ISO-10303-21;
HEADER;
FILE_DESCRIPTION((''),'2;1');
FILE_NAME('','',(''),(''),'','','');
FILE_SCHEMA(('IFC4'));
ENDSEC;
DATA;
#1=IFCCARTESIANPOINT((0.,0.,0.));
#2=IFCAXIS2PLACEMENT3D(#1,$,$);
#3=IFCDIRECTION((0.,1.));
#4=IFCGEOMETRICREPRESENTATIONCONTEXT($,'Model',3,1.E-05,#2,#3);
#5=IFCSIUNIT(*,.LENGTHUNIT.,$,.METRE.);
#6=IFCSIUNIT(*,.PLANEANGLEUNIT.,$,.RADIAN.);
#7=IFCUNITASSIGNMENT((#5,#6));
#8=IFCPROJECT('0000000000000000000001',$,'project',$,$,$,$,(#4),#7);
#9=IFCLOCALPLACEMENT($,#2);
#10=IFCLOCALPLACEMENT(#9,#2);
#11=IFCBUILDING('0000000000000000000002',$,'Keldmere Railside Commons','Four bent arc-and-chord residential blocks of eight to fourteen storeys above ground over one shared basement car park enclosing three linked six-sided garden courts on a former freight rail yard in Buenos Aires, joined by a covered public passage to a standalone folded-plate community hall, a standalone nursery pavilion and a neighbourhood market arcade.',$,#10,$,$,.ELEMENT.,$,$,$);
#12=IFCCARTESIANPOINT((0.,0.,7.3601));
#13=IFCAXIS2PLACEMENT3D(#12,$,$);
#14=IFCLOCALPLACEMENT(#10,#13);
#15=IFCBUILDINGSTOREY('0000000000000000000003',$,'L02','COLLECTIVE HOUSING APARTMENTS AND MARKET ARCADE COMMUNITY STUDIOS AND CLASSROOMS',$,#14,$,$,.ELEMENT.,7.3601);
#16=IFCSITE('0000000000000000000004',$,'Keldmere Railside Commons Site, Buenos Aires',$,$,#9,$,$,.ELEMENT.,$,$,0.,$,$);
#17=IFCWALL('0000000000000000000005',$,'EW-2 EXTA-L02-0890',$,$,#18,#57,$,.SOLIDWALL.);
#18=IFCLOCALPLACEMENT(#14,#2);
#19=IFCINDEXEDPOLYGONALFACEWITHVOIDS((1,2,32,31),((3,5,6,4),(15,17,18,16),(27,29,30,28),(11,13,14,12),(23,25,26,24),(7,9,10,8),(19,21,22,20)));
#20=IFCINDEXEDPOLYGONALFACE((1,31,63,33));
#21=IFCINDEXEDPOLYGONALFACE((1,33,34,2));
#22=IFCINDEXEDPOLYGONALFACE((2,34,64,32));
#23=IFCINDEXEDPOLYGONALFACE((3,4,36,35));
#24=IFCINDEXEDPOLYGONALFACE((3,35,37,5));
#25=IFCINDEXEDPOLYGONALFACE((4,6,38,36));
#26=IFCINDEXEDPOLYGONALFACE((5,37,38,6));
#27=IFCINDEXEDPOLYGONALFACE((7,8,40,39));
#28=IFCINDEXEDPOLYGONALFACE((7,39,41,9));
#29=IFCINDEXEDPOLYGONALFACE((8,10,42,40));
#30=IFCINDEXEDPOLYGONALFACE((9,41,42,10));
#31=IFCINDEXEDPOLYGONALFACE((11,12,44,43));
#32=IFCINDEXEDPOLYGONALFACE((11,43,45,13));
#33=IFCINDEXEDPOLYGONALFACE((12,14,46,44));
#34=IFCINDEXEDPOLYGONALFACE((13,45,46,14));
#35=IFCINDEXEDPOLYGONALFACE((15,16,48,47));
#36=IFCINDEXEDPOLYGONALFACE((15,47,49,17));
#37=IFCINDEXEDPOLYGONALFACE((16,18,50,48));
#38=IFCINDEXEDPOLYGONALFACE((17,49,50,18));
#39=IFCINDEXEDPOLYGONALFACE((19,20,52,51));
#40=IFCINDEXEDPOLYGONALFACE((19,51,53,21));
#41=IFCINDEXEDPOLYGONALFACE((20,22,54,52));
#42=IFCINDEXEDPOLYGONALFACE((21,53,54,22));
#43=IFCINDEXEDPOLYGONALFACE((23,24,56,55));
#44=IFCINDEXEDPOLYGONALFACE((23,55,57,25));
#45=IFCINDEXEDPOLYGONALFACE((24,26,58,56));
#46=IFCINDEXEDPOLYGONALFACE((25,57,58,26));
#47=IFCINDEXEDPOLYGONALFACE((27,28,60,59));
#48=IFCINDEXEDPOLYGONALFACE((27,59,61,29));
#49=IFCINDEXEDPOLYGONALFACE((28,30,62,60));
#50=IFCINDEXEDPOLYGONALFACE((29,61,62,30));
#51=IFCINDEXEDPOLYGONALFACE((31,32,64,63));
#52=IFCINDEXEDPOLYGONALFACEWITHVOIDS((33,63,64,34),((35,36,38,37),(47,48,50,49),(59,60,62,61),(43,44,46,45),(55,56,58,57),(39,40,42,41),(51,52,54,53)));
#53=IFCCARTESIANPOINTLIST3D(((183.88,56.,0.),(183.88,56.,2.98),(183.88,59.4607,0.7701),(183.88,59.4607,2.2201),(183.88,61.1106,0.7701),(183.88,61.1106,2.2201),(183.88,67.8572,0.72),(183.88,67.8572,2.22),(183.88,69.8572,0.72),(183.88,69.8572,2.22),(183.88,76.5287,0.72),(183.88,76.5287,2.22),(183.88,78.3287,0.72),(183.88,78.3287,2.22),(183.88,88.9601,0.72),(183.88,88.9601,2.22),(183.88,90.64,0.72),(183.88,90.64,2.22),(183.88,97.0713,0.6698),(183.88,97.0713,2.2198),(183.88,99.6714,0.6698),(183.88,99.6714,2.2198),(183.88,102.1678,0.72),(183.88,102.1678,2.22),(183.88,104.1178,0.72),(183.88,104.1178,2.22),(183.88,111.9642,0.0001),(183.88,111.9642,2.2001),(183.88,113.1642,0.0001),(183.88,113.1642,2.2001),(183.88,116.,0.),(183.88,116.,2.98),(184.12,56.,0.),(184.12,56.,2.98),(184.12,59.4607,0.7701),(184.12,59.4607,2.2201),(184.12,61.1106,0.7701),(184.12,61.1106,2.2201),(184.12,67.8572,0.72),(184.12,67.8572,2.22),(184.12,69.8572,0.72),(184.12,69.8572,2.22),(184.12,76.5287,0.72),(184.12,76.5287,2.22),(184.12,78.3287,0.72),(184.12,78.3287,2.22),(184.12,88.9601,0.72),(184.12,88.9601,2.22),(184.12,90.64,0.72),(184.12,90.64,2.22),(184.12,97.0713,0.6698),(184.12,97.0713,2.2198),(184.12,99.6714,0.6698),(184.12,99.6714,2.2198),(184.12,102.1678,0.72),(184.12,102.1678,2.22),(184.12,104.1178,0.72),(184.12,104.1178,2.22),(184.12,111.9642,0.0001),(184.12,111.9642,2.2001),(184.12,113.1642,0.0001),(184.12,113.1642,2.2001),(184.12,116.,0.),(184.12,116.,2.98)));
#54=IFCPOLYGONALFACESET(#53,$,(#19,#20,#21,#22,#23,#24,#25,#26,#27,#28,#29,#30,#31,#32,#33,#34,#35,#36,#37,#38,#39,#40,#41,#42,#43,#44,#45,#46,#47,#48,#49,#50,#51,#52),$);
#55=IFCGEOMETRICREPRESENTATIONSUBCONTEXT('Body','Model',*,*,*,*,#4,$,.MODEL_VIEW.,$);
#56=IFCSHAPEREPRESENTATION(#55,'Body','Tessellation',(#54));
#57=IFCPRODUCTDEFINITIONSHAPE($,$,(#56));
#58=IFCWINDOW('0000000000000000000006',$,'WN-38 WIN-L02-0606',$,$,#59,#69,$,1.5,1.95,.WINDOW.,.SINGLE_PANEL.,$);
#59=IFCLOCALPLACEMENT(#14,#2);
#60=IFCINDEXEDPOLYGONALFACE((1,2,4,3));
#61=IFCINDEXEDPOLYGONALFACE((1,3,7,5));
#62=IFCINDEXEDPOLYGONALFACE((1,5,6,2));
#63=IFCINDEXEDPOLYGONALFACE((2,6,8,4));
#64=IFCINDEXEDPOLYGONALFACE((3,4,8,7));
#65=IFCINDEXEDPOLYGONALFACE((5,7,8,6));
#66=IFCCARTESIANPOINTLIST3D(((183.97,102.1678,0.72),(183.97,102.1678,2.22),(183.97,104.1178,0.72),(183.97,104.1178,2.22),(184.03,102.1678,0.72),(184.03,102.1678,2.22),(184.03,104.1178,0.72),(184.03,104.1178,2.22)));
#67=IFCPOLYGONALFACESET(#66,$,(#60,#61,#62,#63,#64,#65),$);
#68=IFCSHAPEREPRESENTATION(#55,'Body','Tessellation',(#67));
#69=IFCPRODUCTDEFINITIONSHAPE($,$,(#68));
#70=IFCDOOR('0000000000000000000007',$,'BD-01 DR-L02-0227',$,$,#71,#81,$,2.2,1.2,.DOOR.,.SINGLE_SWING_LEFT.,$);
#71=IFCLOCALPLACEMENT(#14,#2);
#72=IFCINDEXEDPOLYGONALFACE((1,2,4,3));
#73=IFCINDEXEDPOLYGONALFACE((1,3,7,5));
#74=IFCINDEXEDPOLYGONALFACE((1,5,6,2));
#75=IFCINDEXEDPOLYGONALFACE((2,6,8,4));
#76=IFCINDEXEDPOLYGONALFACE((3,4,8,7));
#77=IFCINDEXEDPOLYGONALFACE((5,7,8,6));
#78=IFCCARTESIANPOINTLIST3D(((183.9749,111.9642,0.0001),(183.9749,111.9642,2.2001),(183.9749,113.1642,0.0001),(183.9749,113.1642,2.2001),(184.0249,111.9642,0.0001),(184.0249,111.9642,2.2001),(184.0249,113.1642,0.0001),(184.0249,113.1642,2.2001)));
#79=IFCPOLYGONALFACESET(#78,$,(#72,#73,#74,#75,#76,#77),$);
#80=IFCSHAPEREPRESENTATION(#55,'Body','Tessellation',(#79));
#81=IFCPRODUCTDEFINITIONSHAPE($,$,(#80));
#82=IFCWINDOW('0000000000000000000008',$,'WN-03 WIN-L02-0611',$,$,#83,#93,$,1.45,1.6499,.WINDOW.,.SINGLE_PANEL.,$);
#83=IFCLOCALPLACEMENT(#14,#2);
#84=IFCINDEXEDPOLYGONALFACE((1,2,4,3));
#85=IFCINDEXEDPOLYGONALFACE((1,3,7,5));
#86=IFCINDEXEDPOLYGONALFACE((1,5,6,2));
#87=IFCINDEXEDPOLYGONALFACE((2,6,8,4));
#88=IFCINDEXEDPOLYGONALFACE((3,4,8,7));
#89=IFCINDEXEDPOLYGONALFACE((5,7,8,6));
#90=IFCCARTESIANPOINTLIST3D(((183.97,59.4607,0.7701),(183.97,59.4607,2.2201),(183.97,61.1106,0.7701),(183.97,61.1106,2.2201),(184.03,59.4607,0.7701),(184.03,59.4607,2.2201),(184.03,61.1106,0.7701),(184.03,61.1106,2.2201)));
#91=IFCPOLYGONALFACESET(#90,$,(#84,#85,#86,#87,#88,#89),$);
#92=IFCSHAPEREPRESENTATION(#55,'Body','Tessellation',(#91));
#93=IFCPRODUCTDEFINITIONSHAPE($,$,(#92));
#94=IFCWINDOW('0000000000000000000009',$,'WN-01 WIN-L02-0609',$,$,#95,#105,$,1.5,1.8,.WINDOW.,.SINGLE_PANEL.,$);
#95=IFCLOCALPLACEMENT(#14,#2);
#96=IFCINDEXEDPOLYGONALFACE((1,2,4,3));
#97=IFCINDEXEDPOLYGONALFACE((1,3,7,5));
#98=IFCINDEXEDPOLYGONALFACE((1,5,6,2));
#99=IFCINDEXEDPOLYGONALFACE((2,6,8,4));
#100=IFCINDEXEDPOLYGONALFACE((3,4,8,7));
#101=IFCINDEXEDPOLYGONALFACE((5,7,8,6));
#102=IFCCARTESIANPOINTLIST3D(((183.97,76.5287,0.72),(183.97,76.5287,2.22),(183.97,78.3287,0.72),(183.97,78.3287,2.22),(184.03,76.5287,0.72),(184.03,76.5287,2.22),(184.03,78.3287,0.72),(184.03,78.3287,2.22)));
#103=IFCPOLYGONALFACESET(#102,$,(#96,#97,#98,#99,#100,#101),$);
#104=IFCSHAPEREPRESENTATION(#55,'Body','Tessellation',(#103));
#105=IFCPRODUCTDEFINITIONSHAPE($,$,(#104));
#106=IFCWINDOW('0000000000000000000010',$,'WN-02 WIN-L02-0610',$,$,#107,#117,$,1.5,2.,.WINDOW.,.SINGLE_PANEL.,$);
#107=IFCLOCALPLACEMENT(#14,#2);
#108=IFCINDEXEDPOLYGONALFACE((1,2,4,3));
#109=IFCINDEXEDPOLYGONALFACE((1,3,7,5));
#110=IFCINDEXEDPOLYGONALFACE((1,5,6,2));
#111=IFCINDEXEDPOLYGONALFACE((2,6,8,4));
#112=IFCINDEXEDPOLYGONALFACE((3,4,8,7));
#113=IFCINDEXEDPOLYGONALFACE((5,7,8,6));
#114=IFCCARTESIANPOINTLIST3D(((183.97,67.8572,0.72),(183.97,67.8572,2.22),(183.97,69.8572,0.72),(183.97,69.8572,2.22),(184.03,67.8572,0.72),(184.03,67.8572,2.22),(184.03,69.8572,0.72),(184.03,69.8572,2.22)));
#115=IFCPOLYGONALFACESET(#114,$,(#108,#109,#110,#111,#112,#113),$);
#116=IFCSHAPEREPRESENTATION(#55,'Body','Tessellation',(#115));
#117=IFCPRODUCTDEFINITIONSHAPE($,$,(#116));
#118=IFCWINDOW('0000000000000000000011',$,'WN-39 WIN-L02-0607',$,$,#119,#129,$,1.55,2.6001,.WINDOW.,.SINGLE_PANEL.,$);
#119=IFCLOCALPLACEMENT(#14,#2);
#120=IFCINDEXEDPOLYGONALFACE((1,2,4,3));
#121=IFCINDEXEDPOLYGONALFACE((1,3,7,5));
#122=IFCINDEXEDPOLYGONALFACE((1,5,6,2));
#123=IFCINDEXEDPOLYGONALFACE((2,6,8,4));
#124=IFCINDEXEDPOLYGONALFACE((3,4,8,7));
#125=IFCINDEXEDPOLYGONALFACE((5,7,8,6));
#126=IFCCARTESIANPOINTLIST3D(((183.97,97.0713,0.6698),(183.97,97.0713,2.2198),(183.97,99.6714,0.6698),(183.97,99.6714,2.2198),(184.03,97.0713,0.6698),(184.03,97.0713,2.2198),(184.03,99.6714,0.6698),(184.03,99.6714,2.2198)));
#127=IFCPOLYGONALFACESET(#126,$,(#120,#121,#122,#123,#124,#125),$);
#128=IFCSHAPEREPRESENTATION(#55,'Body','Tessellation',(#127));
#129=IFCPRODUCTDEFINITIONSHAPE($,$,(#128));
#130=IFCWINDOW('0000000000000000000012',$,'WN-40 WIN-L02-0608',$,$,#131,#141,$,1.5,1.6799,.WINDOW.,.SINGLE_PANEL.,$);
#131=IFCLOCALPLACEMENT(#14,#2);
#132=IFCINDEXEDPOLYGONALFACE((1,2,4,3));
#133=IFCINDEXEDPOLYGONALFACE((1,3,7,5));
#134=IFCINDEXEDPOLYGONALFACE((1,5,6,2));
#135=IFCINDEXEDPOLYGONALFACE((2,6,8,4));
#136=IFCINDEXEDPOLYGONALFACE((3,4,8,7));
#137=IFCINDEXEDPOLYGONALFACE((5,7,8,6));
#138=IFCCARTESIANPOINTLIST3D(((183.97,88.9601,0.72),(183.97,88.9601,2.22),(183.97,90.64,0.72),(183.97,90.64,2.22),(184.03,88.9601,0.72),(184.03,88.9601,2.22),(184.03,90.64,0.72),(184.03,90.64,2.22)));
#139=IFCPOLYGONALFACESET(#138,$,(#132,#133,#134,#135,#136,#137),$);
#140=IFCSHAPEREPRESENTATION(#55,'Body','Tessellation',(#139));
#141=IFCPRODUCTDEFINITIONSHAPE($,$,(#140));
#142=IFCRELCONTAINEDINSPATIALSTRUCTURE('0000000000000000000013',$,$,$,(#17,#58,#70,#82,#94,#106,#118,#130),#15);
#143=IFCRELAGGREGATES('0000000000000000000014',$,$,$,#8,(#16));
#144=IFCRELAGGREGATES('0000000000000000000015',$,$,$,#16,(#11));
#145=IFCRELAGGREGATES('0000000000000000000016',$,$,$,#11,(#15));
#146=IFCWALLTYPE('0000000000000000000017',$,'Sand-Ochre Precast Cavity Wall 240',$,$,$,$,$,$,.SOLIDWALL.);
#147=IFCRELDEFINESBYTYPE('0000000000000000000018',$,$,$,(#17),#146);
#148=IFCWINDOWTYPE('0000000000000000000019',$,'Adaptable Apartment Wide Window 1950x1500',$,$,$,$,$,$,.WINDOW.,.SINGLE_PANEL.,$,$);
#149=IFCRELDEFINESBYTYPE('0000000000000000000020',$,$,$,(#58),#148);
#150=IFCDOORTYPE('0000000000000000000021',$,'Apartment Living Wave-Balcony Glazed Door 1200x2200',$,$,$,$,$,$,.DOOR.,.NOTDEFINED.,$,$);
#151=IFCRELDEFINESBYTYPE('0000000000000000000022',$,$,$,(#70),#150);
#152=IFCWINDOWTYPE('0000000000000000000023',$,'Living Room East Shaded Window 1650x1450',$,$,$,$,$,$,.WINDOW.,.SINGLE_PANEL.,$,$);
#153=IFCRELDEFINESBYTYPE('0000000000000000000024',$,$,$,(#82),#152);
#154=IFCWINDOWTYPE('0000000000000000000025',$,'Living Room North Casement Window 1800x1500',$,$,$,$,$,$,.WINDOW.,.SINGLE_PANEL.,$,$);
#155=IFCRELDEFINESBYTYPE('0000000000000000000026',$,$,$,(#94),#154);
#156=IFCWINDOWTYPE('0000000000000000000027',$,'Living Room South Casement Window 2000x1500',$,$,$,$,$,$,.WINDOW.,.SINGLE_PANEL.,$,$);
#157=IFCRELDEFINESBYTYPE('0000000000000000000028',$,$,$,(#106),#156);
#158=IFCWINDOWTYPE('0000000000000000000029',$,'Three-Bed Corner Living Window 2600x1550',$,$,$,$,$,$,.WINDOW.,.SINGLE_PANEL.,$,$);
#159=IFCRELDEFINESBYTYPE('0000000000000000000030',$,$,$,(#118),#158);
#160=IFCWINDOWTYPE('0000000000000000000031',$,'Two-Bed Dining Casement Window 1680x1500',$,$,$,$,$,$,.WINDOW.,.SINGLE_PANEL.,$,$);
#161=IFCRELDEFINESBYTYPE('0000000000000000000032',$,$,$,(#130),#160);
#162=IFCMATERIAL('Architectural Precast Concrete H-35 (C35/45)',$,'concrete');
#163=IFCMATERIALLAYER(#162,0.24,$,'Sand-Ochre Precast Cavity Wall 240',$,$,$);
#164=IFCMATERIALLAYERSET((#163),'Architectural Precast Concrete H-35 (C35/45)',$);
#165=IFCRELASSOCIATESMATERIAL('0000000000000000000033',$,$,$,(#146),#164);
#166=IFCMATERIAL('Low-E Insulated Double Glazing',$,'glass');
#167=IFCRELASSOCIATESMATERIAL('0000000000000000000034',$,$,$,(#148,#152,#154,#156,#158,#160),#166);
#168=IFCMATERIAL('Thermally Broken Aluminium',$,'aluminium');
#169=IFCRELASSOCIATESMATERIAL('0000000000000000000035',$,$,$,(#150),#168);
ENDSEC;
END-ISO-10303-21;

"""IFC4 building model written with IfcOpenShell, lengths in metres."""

from ifc_helpers import new_model, si_unit, direction, frame, frame_2d, origin, place, context, subcontext, project, spatial, rectangle, extrude, material, layer, layer_set, type_object, element, fill, save


model = new_model("IFC4")

# Units and contexts
model_context = context("Model", 3, precision=1e-05, world=origin(), true_north=direction((0.0, 1.0)))
body_context = subcontext(model_context, "Body", "Model", "MODEL_VIEW")
ifc_project = project(units=[si_unit("LENGTHUNIT", "METRE"), si_unit("PLANEANGLEUNIT", "RADIAN")], contexts=[model_context])

# Site, building, storey
site_placement = place(None, origin())
site = spatial("IfcSite", under=ifc_project, at=site_placement, Name="Keldmere Railside Commons Site, Buenos Aires", CompositionType="ELEMENT", RefElevation=0.0)
building_placement = place(site_placement, origin())
building = spatial("IfcBuilding", under=site, at=building_placement, Name="Keldmere Railside Commons", Description="Four bent arc-and-chord residential blocks of eight to fourteen storeys above ground over one shared basement car park enclosing three linked six-sided garden courts on a former freight rail yard in Buenos Aires, joined by a covered public passage to a standalone folded-plate community hall, a standalone nursery pavilion and a neighbourhood market arcade.", CompositionType="ELEMENT")
storey_placement = place(building_placement, frame((0.0, 0.0, 7.3601)))
storey = spatial("IfcBuildingStorey", under=building, at=storey_placement, Name="L02", Description="COLLECTIVE HOUSING APARTMENTS AND MARKET ARCADE COMMUNITY STUDIOS AND CLASSROOMS", CompositionType="ELEMENT", Elevation=7.3601)

# Wall, openings, windows, door
ifc_material_1 = material(Name="Architectural Precast Concrete H-35 (C35/45)", Category="concrete")
ifc_layer_1 = layer(ifc_material_1, 0.24, Name="Sand-Ochre Precast Cavity Wall 240")
ifc_layer_set_1 = layer_set([ifc_layer_1], Name="Architectural Precast Concrete H-35 (C35/45)")
wall_type_1 = type_object("IfcWallType", Name="Sand-Ochre Precast Cavity Wall 240", PredefinedType="SOLIDWALL", material=ifc_layer_set_1)
wall_1_placement = place(storey_placement, frame((184.0, 116.0, 0.0), z_axis=(0.0, 0.0, 1.0), x_axis=(0.0, -1.0, 0.0)))
wall_1 = element("IfcWall", 1, at=wall_1_placement, inside=storey, type_object=wall_type_1, Name="EW-2 EXTA-L02-0890", PredefinedType="SOLIDWALL", context=body_context, shape_type="SweptSolid", body=[
    extrude(rectangle(XDim=60.0, YDim=0.24, at=frame_2d((30.0, 0.0))), origin(), (0.0, 0.0, 1.0), 2.98),
])
opening_1_placement = place(wall_1_placement, frame((2.8357, 0.0, 0.0)))
opening_1 = element("IfcOpeningElement", 2, at=opening_1_placement, cuts=wall_1, PredefinedType="OPENING", context=body_context, shape_type="SweptSolid", body=[
    extrude(rectangle(XDim=1.2, YDim=2.2, at=frame_2d((0.6001, 1.1001))), frame((0.0, 0.1299, 0.0), z_axis=(0.0, -1.0, 0.0), x_axis=(1.0, 0.0, 0.0)), (0.0, 0.0, 1.0), 0.26),
])
opening_2_placement = place(wall_1_placement, frame((11.8821, 0.0, 0.72)))
opening_2 = element("IfcOpeningElement", 3, at=opening_2_placement, cuts=wall_1, PredefinedType="OPENING", context=body_context, shape_type="SweptSolid", body=[
    extrude(rectangle(XDim=1.95, YDim=1.5, at=frame_2d((0.9751, 0.75))), frame((0.0, 0.1299, 0.0), z_axis=(0.0, -1.0, 0.0), x_axis=(1.0, 0.0, 0.0)), (0.0, 0.0, 1.0), 0.26),
])
opening_3_placement = place(wall_1_placement, frame((16.3286, 0.0, 0.6699)))
opening_3 = element("IfcOpeningElement", 4, at=opening_3_placement, cuts=wall_1, PredefinedType="OPENING", context=body_context, shape_type="SweptSolid", body=[
    extrude(rectangle(XDim=2.6001, YDim=1.55, at=frame_2d((1.3, 0.7749))), frame((0.0, 0.1299, 0.0), z_axis=(0.0, -1.0, 0.0), x_axis=(1.0, 0.0, 0.0)), (0.0, 0.0, 1.0), 0.26),
])
opening_4_placement = place(wall_1_placement, frame((25.3601, 0.0, 0.72)))
opening_4 = element("IfcOpeningElement", 5, at=opening_4_placement, cuts=wall_1, PredefinedType="OPENING", context=body_context, shape_type="SweptSolid", body=[
    extrude(rectangle(XDim=1.6799, YDim=1.5, at=frame_2d((0.8398, 0.75))), frame((0.0, 0.1299, 0.0), z_axis=(0.0, -1.0, 0.0), x_axis=(1.0, 0.0, 0.0)), (0.0, 0.0, 1.0), 0.26),
])
opening_5_placement = place(wall_1_placement, frame((37.6714, 0.0, 0.72)))
opening_5 = element("IfcOpeningElement", 6, at=opening_5_placement, cuts=wall_1, PredefinedType="OPENING", context=body_context, shape_type="SweptSolid", body=[
    extrude(rectangle(XDim=1.8, YDim=1.5, at=frame_2d((0.8999, 0.75))), frame((0.0, 0.1299, 0.0), z_axis=(0.0, -1.0, 0.0), x_axis=(1.0, 0.0, 0.0)), (0.0, 0.0, 1.0), 0.26),
])
opening_6_placement = place(wall_1_placement, frame((46.1428, 0.0, 0.72)))
opening_6 = element("IfcOpeningElement", 7, at=opening_6_placement, cuts=wall_1, PredefinedType="OPENING", context=body_context, shape_type="SweptSolid", body=[
    extrude(rectangle(XDim=2.0, YDim=1.5, at=frame_2d((1.0, 0.75))), frame((0.0, 0.1299, 0.0), z_axis=(0.0, -1.0, 0.0), x_axis=(1.0, 0.0, 0.0)), (0.0, 0.0, 1.0), 0.26),
])
opening_7_placement = place(wall_1_placement, frame((54.8894, 0.0, 0.77)))
opening_7 = element("IfcOpeningElement", 8, at=opening_7_placement, cuts=wall_1, PredefinedType="OPENING", context=body_context, shape_type="SweptSolid", body=[
    extrude(rectangle(XDim=1.6499, YDim=1.45, at=frame_2d((0.825, 0.7251))), frame((0.0, 0.1299, 0.0), z_axis=(0.0, -1.0, 0.0), x_axis=(1.0, 0.0, 0.0)), (0.0, 0.0, 1.0), 0.26),
])
ifc_material_2 = material(Name="Low-E Insulated Double Glazing", Category="glass")
window_type_1 = type_object("IfcWindowType", Name="Adaptable Apartment Wide Window 1950x1500", PartitioningType="SINGLE_PANEL", PredefinedType="WINDOW", material=ifc_material_2)
window_1_placement = place(opening_2_placement, origin())
window_1 = element("IfcWindow", 9, at=window_1_placement, inside=storey, type_object=window_type_1, Name="WN-38 WIN-L02-0606", OverallHeight=1.5, OverallWidth=1.95, PartitioningType="SINGLE_PANEL", PredefinedType="WINDOW", context=body_context, shape_type="SweptSolid", body=[
    extrude(rectangle(XDim=1.95, YDim=1.5, at=frame_2d((0.9751, 0.75))), frame((0.0, 0.03, 0.0), z_axis=(0.0, -1.0, 0.0), x_axis=(1.0, 0.0, 0.0)), (0.0, 0.0, 1.0), 0.0601),
])
fill(opening_2, window_1)
ifc_material_3 = material(Name="Thermally Broken Aluminium", Category="aluminium")
door_type_1 = type_object("IfcDoorType", Name="Apartment Living Wave-Balcony Glazed Door 1200x2200", OperationType="NOTDEFINED", PredefinedType="DOOR", material=ifc_material_3)
door_1_placement = place(opening_1_placement, origin())
door_1 = element("IfcDoor", 10, at=door_1_placement, inside=storey, type_object=door_type_1, Name="BD-01 DR-L02-0227", OperationType="SINGLE_SWING_LEFT", OverallHeight=2.2, OverallWidth=1.2, PredefinedType="DOOR", context=body_context, shape_type="SweptSolid", body=[
    extrude(rectangle(XDim=1.2, YDim=2.2, at=frame_2d((0.6001, 1.1001))), frame((0.0, 0.0249, 0.0), z_axis=(0.0, -1.0, 0.0), x_axis=(1.0, 0.0, 0.0)), (0.0, 0.0, 1.0), 0.05),
])
fill(opening_1, door_1)
window_type_2 = type_object("IfcWindowType", Name="Living Room East Shaded Window 1650x1450", PartitioningType="SINGLE_PANEL", PredefinedType="WINDOW", material=ifc_material_2)
window_2_placement = place(opening_7_placement, origin())
window_2 = element("IfcWindow", 11, at=window_2_placement, inside=storey, type_object=window_type_2, Name="WN-03 WIN-L02-0611", OverallHeight=1.45, OverallWidth=1.6499, PartitioningType="SINGLE_PANEL", PredefinedType="WINDOW", context=body_context, shape_type="SweptSolid", body=[
    extrude(rectangle(XDim=1.6499, YDim=1.45, at=frame_2d((0.825, 0.7251))), frame((0.0, 0.03, 0.0), z_axis=(0.0, -1.0, 0.0), x_axis=(1.0, 0.0, 0.0)), (0.0, 0.0, 1.0), 0.0601),
])
fill(opening_7, window_2)
window_type_3 = type_object("IfcWindowType", Name="Living Room North Casement Window 1800x1500", PartitioningType="SINGLE_PANEL", PredefinedType="WINDOW", material=ifc_material_2)
window_3_placement = place(opening_5_placement, origin())
window_3 = element("IfcWindow", 12, at=window_3_placement, inside=storey, type_object=window_type_3, Name="WN-01 WIN-L02-0609", OverallHeight=1.5, OverallWidth=1.8, PartitioningType="SINGLE_PANEL", PredefinedType="WINDOW", context=body_context, shape_type="SweptSolid", body=[
    extrude(rectangle(XDim=1.8, YDim=1.5, at=frame_2d((0.8999, 0.75))), frame((0.0, 0.03, 0.0), z_axis=(0.0, -1.0, 0.0), x_axis=(1.0, 0.0, 0.0)), (0.0, 0.0, 1.0), 0.0601),
])
fill(opening_5, window_3)
window_type_4 = type_object("IfcWindowType", Name="Living Room South Casement Window 2000x1500", PartitioningType="SINGLE_PANEL", PredefinedType="WINDOW", material=ifc_material_2)
window_4_placement = place(opening_6_placement, origin())
window_4 = element("IfcWindow", 13, at=window_4_placement, inside=storey, type_object=window_type_4, Name="WN-02 WIN-L02-0610", OverallHeight=1.5, OverallWidth=2.0, PartitioningType="SINGLE_PANEL", PredefinedType="WINDOW", context=body_context, shape_type="SweptSolid", body=[
    extrude(rectangle(XDim=2.0, YDim=1.5, at=frame_2d((1.0, 0.75))), frame((0.0, 0.03, 0.0), z_axis=(0.0, -1.0, 0.0), x_axis=(1.0, 0.0, 0.0)), (0.0, 0.0, 1.0), 0.0601),
])
fill(opening_6, window_4)
window_type_5 = type_object("IfcWindowType", Name="Three-Bed Corner Living Window 2600x1550", PartitioningType="SINGLE_PANEL", PredefinedType="WINDOW", material=ifc_material_2)
window_5_placement = place(opening_3_placement, origin())
window_5 = element("IfcWindow", 14, at=window_5_placement, inside=storey, type_object=window_type_5, Name="WN-39 WIN-L02-0607", OverallHeight=1.55, OverallWidth=2.6001, PartitioningType="SINGLE_PANEL", PredefinedType="WINDOW", context=body_context, shape_type="SweptSolid", body=[
    extrude(rectangle(XDim=2.6001, YDim=1.55, at=frame_2d((1.3, 0.7749))), frame((0.0, 0.03, 0.0), z_axis=(0.0, -1.0, 0.0), x_axis=(1.0, 0.0, 0.0)), (0.0, 0.0, 1.0), 0.0601),
])
fill(opening_3, window_5)
window_type_6 = type_object("IfcWindowType", Name="Two-Bed Dining Casement Window 1680x1500", PartitioningType="SINGLE_PANEL", PredefinedType="WINDOW", material=ifc_material_2)
window_6_placement = place(opening_4_placement, origin())
window_6 = element("IfcWindow", 15, at=window_6_placement, inside=storey, type_object=window_type_6, Name="WN-40 WIN-L02-0608", OverallHeight=1.5, OverallWidth=1.6799, PartitioningType="SINGLE_PANEL", PredefinedType="WINDOW", context=body_context, shape_type="SweptSolid", body=[
    extrude(rectangle(XDim=1.6799, YDim=1.5, at=frame_2d((0.8398, 0.75))), frame((0.0, 0.03, 0.0), z_axis=(0.0, -1.0, 0.0), x_axis=(1.0, 0.0, 0.0)), (0.0, 0.0, 1.0), 0.0601),
])
fill(opening_4, window_6)

save(model, "model.ifc")
